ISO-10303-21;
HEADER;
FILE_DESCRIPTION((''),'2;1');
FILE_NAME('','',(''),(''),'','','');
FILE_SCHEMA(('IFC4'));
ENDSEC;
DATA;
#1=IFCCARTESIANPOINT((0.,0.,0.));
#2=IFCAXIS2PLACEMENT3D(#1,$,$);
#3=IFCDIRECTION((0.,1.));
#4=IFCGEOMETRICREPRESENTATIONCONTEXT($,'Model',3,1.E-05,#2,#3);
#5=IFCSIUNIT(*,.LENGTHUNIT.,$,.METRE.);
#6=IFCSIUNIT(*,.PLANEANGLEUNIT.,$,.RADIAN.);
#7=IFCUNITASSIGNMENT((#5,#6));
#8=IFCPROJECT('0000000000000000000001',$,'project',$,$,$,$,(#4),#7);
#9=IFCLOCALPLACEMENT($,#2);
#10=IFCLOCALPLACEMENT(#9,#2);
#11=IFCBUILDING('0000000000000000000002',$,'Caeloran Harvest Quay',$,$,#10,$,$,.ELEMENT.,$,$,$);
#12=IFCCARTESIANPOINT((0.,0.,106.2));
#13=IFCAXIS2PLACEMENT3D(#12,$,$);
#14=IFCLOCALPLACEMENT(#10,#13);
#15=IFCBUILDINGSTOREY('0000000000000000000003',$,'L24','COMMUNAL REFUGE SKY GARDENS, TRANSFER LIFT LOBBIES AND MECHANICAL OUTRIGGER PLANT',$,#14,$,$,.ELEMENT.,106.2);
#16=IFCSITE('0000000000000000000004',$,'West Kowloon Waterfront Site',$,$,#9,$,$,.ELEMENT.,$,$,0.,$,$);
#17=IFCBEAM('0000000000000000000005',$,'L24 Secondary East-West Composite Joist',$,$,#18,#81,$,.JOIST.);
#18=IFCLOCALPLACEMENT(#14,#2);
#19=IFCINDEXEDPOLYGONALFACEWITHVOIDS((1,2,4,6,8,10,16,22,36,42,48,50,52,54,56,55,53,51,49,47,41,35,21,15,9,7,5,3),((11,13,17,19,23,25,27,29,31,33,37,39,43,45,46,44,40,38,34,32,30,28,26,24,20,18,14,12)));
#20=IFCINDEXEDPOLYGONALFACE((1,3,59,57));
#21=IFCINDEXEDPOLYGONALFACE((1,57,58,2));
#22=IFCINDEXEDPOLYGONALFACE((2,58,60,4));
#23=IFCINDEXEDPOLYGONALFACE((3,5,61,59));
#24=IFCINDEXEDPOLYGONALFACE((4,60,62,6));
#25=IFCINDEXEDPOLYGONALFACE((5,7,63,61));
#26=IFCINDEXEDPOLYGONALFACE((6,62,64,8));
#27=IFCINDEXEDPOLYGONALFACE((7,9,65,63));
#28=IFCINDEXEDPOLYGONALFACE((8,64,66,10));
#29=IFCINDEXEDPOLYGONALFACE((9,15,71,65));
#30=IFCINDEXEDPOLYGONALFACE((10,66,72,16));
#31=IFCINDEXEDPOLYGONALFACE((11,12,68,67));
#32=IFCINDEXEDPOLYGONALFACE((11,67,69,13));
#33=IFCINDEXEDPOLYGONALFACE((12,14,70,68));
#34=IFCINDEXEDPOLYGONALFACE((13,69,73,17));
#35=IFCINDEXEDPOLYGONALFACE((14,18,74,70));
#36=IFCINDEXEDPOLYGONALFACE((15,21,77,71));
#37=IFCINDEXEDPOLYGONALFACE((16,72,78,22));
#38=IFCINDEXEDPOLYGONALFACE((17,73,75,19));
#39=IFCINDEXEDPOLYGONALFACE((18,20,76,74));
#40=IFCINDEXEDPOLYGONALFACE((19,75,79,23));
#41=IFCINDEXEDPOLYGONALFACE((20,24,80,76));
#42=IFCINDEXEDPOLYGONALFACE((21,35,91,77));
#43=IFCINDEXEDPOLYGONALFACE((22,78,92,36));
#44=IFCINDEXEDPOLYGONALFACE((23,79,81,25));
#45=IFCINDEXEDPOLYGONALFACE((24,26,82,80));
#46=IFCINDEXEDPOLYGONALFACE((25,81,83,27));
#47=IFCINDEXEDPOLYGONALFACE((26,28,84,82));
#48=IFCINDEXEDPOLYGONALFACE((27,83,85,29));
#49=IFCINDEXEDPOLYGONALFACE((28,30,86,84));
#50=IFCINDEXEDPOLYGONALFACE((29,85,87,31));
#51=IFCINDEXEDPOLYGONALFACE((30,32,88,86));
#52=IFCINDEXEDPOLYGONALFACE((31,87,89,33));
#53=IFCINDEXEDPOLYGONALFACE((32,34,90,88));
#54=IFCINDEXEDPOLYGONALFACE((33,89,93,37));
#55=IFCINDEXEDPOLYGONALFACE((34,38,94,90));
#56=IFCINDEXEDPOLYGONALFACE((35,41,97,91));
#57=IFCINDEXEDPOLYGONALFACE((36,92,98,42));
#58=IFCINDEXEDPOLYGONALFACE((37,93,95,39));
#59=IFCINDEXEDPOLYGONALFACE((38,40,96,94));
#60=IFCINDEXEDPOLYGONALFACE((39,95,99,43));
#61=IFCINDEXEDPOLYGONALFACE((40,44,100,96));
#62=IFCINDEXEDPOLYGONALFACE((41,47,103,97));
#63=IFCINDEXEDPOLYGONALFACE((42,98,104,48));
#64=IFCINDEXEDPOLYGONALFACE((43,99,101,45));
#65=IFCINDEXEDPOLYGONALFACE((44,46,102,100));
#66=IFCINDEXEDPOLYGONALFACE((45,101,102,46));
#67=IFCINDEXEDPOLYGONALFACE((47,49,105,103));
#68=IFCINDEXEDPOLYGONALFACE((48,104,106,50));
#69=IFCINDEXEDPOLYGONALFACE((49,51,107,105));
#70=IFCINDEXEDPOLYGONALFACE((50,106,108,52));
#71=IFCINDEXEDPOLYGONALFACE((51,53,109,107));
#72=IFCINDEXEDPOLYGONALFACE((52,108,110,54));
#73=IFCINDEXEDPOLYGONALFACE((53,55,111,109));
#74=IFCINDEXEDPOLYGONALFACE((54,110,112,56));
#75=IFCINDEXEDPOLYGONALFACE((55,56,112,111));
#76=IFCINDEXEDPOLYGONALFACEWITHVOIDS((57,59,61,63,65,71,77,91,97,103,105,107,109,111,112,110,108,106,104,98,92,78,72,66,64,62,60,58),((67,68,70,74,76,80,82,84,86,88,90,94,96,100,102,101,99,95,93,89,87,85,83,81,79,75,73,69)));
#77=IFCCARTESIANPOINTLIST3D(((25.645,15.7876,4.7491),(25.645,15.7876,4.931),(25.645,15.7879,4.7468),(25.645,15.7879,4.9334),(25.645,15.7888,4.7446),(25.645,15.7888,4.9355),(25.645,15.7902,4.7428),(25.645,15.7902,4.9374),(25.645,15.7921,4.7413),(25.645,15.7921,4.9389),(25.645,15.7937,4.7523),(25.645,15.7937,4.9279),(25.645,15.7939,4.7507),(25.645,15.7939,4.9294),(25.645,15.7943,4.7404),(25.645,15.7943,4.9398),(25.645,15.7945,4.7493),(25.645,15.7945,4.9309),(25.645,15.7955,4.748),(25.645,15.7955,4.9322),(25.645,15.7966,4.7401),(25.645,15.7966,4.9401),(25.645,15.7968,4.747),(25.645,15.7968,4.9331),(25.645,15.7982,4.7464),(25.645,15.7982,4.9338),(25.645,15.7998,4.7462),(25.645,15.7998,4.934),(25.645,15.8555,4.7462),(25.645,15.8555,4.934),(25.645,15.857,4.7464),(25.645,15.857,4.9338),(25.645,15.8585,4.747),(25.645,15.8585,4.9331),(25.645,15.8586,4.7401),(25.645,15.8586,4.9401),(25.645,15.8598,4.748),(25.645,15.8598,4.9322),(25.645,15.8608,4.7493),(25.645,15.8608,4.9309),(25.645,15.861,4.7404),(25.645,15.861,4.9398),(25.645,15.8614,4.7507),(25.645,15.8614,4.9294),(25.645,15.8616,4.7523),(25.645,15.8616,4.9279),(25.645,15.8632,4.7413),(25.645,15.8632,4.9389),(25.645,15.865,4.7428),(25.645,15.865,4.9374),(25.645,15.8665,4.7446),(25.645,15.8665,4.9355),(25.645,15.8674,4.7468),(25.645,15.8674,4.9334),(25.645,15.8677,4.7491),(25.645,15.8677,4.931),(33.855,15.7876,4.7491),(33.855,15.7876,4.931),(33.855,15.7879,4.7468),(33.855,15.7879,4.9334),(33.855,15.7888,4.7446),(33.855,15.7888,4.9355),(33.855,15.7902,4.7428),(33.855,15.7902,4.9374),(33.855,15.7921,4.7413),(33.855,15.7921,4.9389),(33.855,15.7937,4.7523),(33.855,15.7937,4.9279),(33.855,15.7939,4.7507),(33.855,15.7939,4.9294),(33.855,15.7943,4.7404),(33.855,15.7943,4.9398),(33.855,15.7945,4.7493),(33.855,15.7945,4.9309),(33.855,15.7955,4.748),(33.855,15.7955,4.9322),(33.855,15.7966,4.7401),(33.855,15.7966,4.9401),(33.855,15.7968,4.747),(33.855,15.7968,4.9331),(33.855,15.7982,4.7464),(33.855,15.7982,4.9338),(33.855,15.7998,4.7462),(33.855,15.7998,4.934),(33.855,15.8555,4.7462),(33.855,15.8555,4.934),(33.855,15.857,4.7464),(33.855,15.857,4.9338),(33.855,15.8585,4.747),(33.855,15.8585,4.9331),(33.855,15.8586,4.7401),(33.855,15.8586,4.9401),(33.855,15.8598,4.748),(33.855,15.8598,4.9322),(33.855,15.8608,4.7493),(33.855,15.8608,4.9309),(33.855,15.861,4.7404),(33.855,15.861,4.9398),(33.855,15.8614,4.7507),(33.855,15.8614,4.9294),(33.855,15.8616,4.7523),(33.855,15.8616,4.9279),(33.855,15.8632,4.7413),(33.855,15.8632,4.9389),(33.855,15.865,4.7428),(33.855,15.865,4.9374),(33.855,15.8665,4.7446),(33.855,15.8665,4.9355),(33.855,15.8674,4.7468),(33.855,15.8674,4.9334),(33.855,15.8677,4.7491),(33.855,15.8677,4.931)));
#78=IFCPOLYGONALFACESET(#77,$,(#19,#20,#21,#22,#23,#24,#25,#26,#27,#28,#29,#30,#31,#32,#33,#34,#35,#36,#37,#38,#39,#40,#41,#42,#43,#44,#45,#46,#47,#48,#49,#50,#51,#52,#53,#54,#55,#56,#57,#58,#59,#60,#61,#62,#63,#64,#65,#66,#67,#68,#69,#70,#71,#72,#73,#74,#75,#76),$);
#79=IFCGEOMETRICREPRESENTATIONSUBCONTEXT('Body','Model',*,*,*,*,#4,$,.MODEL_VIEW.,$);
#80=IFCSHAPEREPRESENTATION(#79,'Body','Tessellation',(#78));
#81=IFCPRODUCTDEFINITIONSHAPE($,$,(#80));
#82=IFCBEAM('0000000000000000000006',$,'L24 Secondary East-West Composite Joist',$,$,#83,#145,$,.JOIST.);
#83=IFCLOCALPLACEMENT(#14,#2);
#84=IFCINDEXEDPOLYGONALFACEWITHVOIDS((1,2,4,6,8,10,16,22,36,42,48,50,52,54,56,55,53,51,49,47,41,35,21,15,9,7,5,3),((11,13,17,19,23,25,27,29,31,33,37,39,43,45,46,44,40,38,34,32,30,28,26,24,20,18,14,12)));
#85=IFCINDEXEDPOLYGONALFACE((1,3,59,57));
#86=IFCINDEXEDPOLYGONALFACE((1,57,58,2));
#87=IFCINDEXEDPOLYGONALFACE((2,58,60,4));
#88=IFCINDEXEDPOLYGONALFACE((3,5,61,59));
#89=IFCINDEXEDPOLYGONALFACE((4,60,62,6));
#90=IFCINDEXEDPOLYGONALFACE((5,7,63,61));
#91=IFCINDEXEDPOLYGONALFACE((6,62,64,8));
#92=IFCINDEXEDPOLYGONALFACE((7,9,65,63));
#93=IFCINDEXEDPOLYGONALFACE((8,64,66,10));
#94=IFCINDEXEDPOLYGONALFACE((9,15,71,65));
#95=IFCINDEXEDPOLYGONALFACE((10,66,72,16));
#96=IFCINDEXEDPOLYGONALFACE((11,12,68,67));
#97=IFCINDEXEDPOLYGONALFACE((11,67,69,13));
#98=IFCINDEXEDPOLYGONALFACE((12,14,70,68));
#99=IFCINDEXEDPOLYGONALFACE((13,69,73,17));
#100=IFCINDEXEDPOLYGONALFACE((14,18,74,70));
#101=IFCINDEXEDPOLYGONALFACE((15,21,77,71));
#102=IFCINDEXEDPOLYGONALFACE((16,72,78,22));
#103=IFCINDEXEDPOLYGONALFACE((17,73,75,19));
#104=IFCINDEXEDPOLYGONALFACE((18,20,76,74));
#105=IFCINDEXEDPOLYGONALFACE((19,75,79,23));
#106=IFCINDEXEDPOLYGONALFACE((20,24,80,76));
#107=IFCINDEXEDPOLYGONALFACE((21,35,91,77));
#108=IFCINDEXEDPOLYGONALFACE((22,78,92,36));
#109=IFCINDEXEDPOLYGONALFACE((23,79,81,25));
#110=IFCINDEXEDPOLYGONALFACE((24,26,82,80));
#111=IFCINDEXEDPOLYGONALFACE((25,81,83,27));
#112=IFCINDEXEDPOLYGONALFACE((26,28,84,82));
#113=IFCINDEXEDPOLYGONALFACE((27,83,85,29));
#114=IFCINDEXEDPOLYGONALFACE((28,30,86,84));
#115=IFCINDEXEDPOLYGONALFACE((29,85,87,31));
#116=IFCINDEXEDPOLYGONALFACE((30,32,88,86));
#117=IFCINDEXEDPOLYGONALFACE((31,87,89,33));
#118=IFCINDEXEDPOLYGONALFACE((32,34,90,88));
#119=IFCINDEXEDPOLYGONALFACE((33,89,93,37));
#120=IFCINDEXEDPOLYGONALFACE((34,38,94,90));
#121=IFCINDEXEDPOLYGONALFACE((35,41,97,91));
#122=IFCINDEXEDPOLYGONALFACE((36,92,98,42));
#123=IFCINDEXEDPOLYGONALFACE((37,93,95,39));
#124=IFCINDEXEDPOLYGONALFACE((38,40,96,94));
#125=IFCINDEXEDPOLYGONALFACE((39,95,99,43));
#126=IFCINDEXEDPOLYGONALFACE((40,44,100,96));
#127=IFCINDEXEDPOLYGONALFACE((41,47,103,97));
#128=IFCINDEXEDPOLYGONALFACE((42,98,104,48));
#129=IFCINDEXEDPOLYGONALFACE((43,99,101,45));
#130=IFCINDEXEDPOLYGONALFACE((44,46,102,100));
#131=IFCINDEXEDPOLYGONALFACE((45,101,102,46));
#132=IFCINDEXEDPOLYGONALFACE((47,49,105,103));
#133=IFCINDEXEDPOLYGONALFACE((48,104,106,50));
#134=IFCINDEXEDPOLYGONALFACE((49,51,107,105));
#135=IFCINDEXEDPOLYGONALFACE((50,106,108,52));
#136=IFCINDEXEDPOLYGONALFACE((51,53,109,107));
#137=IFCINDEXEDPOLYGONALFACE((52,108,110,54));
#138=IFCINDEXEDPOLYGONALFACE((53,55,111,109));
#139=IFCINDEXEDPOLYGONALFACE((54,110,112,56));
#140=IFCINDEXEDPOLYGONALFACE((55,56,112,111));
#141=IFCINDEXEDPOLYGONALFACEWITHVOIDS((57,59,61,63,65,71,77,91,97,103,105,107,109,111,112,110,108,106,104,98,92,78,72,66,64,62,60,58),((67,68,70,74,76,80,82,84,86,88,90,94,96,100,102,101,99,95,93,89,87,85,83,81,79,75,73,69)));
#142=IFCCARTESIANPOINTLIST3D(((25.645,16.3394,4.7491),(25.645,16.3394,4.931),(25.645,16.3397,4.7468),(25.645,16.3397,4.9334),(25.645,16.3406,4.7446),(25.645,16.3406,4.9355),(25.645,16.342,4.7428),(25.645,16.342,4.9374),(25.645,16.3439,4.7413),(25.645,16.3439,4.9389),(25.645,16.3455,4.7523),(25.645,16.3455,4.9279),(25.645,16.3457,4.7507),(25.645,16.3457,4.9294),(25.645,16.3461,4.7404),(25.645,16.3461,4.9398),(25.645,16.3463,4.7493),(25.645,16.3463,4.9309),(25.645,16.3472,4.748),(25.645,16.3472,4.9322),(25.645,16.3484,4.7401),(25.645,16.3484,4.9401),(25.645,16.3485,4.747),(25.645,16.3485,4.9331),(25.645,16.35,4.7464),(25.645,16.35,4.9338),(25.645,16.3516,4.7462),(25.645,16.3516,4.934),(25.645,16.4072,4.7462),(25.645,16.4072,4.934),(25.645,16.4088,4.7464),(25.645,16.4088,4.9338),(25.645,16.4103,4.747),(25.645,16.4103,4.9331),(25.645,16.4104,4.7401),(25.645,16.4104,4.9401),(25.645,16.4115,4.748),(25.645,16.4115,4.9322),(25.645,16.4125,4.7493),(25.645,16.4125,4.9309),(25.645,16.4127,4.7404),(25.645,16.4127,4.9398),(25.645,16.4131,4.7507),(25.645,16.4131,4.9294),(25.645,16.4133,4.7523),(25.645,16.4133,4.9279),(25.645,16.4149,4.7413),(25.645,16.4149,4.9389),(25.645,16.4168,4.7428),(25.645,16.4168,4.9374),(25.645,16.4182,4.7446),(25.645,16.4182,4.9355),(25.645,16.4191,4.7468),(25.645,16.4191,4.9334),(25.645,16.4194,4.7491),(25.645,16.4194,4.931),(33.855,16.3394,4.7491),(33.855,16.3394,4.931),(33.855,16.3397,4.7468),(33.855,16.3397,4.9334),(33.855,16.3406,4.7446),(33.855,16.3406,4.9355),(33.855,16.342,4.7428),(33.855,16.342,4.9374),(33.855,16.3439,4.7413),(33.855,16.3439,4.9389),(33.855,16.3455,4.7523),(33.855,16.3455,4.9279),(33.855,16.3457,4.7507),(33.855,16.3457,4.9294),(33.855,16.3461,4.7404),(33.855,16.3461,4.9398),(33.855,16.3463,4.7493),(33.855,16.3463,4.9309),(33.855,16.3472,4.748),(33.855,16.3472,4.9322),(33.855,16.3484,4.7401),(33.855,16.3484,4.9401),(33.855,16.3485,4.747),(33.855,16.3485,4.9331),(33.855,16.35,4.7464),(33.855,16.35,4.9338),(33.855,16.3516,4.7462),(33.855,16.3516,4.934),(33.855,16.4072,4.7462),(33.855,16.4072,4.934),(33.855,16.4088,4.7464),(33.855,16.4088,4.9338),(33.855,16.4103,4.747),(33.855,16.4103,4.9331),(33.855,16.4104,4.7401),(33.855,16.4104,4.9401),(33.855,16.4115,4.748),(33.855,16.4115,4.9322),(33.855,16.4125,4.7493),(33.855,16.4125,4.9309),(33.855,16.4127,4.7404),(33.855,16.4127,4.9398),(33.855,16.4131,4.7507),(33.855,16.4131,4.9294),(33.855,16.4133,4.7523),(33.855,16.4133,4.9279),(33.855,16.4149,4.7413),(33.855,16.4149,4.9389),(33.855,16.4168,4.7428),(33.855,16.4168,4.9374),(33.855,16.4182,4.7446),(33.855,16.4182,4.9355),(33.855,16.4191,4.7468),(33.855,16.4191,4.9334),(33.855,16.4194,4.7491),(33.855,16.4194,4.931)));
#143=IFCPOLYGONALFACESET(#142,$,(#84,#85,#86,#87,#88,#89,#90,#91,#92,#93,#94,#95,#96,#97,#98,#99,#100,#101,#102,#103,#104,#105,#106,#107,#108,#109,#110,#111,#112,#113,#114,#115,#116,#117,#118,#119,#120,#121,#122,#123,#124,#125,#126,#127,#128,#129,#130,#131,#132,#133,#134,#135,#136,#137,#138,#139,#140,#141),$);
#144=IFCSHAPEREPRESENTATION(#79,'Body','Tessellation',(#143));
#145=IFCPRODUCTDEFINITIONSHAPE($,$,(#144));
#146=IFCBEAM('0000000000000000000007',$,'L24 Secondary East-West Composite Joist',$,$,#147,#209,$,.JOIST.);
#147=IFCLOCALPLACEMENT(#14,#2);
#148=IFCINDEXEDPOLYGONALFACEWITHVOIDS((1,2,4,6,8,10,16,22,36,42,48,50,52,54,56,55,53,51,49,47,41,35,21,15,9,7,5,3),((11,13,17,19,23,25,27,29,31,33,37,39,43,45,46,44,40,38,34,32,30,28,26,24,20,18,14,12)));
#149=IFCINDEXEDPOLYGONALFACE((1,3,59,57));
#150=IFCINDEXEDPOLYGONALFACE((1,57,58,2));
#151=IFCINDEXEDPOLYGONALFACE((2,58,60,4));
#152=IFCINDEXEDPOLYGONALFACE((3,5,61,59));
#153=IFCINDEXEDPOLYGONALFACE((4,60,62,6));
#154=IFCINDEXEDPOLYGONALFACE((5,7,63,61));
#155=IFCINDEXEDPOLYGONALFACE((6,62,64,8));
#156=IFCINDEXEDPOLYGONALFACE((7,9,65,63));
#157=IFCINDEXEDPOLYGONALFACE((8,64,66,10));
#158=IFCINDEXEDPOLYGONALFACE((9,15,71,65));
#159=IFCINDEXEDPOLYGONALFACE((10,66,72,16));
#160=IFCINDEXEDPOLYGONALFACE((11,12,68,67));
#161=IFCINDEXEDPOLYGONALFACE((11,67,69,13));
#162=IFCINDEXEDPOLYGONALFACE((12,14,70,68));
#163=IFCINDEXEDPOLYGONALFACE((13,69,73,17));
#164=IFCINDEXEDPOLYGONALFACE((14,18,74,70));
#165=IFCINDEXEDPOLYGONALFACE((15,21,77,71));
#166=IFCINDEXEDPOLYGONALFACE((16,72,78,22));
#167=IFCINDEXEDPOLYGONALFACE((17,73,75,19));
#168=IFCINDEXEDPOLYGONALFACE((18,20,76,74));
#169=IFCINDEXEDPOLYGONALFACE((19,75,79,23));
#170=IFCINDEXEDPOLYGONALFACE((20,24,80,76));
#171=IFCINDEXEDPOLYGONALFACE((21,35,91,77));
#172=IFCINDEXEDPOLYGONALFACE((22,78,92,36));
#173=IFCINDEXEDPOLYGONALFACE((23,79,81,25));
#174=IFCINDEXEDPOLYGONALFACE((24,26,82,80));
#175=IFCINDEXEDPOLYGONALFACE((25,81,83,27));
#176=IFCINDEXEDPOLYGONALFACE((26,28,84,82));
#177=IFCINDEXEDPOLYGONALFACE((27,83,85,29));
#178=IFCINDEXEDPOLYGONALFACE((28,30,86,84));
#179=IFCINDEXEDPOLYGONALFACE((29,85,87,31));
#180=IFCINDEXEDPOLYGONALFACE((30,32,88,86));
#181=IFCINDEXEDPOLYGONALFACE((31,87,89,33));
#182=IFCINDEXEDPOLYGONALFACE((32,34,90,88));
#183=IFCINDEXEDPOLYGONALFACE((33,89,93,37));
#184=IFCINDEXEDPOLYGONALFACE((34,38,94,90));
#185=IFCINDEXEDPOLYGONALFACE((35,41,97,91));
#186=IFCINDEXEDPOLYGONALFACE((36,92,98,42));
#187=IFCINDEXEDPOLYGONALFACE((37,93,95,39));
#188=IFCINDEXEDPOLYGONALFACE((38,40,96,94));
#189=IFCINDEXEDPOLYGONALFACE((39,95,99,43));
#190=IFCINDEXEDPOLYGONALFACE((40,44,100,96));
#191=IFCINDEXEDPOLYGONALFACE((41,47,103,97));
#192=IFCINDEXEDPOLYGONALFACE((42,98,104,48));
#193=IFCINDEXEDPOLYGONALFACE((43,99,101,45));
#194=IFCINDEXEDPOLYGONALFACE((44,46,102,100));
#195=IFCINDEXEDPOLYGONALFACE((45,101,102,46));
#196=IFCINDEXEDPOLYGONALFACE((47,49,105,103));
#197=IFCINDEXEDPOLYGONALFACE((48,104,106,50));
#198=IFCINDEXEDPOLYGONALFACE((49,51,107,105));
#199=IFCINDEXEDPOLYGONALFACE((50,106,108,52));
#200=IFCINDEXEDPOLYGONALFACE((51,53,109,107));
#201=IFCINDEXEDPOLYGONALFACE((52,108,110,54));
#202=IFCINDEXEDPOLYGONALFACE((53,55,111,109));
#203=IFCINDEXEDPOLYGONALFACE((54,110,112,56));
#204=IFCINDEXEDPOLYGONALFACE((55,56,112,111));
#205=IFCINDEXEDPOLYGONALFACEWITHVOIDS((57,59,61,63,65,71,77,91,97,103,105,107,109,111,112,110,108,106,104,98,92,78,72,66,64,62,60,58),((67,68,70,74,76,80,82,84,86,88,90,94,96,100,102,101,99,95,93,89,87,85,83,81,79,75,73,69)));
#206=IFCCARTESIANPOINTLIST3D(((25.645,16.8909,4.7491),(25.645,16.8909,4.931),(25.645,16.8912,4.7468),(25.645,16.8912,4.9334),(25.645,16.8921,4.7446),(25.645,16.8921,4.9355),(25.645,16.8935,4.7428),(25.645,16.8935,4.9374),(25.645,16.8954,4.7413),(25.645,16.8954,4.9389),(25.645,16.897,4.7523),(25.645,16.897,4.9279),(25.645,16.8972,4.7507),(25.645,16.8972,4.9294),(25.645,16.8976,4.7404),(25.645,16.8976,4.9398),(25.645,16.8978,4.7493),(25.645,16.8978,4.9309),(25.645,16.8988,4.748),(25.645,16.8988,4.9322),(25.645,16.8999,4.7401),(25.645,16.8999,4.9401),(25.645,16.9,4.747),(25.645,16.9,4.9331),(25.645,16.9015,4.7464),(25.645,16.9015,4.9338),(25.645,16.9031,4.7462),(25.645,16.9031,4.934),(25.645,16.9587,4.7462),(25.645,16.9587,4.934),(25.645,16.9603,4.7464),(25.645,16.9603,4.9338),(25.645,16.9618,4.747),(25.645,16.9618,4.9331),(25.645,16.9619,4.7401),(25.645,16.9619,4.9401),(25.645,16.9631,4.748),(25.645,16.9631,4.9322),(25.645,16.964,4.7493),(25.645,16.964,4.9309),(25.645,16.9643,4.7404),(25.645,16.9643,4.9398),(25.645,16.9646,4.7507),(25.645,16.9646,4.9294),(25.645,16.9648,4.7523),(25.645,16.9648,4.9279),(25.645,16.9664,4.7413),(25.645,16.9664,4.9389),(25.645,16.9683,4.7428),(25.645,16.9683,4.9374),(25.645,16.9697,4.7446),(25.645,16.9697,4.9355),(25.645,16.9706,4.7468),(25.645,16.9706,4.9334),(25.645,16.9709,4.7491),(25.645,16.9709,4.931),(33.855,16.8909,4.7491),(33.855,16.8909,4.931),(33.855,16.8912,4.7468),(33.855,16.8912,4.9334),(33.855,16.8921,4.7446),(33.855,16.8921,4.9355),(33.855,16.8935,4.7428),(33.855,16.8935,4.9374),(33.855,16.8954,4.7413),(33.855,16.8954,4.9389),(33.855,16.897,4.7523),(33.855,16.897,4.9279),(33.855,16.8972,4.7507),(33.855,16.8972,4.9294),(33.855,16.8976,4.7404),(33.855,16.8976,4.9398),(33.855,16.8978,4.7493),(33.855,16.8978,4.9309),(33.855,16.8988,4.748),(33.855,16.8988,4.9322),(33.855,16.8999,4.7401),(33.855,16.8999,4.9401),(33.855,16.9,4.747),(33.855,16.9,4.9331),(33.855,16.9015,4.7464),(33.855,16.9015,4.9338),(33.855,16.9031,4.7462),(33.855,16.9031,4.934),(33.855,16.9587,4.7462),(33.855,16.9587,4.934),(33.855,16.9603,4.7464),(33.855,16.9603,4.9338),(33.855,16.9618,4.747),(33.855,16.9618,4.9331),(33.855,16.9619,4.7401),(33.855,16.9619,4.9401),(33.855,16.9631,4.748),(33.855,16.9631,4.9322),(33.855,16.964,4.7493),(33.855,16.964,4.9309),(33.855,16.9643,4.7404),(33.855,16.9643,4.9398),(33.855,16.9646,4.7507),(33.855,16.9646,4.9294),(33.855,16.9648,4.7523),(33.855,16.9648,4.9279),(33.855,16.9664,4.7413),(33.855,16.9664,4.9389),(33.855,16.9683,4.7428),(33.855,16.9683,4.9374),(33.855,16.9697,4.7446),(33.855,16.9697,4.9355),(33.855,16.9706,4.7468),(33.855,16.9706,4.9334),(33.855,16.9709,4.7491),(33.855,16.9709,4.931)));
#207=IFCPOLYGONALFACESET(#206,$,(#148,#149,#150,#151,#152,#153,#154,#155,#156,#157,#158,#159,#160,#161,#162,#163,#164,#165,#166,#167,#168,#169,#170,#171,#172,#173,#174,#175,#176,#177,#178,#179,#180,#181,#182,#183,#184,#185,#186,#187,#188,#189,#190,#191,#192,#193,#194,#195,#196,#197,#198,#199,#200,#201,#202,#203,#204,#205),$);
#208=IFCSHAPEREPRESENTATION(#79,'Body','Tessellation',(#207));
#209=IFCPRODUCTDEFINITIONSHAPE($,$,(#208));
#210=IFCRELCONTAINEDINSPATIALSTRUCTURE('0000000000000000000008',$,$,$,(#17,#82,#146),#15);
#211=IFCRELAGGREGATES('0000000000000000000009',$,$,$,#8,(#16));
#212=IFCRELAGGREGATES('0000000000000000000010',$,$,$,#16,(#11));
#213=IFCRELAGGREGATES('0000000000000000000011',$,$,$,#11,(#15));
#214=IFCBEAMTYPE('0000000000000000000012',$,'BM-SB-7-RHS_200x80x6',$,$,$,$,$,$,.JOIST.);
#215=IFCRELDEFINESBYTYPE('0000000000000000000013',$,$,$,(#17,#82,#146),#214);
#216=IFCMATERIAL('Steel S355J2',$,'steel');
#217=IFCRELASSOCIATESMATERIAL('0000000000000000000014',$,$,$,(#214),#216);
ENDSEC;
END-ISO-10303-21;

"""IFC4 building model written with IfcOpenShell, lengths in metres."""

from ifc_helpers import new_model, si_unit, direction, frame, origin, origin_2d, place, context, subcontext, project, spatial, hollow_rectangle, extrude, material, material_profile, profile_set, type_object, element, save


model = new_model("IFC4")

# Units and contexts
model_context = context("Model", 3, precision=1e-05, world=origin(), true_north=direction((0.0, 1.0)))
body_context = subcontext(model_context, "Body", "Model", "MODEL_VIEW")
ifc_project = project(units=[si_unit("LENGTHUNIT", "METRE"), si_unit("PLANEANGLEUNIT", "RADIAN")], contexts=[model_context])

# Site, building, storey
site_placement = place(None, origin())
site = spatial("IfcSite", under=ifc_project, at=site_placement, Name="West Kowloon Waterfront Site", CompositionType="ELEMENT", RefElevation=0.0)
building_placement = place(site_placement, origin())
building = spatial("IfcBuilding", under=site, at=building_placement, Name="Caeloran Harvest Quay", CompositionType="ELEMENT")
storey_placement = place(building_placement, frame((0.0, 0.0, 106.2)))
storey = spatial("IfcBuildingStorey", under=building, at=storey_placement, Name="L24", Description="COMMUNAL REFUGE SKY GARDENS, TRANSFER LIFT LOBBIES AND MECHANICAL OUTRIGGER PLANT", CompositionType="ELEMENT", Elevation=106.2)

# Beams
ifc_material_1 = material(Name="Steel S355J2", Category="steel")
ifc_material_profile_1 = material_profile(ifc_material_1, hollow_rectangle(XDim=0.0801, YDim=0.2, WallThickness=0.0061, InnerFilletRadius=0.0061, OuterFilletRadius=0.009, at=origin_2d()), Name="RHS 200x80x6")
ifc_profile_set_1 = profile_set([ifc_material_profile_1], Name="Steel S355J2")
beam_type_1 = type_object("IfcBeamType", Name="BM-SB-7-RHS_200x80x6", PredefinedType="JOIST", material=ifc_profile_set_1)
for number, where, z_axis, x_axis, name in (
    (1, (25.645, 15.8276, 4.8401), (1.0, 0.0, 0.0), (0.0, 1.0, 0.0), "L24 Secondary East-West Composite Joist"),
    (2, (25.645, 16.3794, 4.8401), (1.0, 0.0, 0.0), (0.0, 1.0, 0.0), "L24 Secondary East-West Composite Joist"),
    (3, (25.645, 16.9309, 4.8401), (1.0, 0.0, 0.0), (0.0, 1.0, 0.0), "L24 Secondary East-West Composite Joist"),
):
    element("IfcBeam", number, at=place(storey_placement, frame(where, z_axis=z_axis, x_axis=x_axis)), inside=storey, type_object=beam_type_1, Name=name, PredefinedType="JOIST", context=body_context, shape_type="SweptSolid", body=[
        extrude(hollow_rectangle(XDim=0.0801, YDim=0.2, WallThickness=0.0061, InnerFilletRadius=0.0061, OuterFilletRadius=0.009, at=origin_2d()), origin(), (0.0, 0.0, 1.0), 8.21),
    ])

save(model, "model.ifc")
